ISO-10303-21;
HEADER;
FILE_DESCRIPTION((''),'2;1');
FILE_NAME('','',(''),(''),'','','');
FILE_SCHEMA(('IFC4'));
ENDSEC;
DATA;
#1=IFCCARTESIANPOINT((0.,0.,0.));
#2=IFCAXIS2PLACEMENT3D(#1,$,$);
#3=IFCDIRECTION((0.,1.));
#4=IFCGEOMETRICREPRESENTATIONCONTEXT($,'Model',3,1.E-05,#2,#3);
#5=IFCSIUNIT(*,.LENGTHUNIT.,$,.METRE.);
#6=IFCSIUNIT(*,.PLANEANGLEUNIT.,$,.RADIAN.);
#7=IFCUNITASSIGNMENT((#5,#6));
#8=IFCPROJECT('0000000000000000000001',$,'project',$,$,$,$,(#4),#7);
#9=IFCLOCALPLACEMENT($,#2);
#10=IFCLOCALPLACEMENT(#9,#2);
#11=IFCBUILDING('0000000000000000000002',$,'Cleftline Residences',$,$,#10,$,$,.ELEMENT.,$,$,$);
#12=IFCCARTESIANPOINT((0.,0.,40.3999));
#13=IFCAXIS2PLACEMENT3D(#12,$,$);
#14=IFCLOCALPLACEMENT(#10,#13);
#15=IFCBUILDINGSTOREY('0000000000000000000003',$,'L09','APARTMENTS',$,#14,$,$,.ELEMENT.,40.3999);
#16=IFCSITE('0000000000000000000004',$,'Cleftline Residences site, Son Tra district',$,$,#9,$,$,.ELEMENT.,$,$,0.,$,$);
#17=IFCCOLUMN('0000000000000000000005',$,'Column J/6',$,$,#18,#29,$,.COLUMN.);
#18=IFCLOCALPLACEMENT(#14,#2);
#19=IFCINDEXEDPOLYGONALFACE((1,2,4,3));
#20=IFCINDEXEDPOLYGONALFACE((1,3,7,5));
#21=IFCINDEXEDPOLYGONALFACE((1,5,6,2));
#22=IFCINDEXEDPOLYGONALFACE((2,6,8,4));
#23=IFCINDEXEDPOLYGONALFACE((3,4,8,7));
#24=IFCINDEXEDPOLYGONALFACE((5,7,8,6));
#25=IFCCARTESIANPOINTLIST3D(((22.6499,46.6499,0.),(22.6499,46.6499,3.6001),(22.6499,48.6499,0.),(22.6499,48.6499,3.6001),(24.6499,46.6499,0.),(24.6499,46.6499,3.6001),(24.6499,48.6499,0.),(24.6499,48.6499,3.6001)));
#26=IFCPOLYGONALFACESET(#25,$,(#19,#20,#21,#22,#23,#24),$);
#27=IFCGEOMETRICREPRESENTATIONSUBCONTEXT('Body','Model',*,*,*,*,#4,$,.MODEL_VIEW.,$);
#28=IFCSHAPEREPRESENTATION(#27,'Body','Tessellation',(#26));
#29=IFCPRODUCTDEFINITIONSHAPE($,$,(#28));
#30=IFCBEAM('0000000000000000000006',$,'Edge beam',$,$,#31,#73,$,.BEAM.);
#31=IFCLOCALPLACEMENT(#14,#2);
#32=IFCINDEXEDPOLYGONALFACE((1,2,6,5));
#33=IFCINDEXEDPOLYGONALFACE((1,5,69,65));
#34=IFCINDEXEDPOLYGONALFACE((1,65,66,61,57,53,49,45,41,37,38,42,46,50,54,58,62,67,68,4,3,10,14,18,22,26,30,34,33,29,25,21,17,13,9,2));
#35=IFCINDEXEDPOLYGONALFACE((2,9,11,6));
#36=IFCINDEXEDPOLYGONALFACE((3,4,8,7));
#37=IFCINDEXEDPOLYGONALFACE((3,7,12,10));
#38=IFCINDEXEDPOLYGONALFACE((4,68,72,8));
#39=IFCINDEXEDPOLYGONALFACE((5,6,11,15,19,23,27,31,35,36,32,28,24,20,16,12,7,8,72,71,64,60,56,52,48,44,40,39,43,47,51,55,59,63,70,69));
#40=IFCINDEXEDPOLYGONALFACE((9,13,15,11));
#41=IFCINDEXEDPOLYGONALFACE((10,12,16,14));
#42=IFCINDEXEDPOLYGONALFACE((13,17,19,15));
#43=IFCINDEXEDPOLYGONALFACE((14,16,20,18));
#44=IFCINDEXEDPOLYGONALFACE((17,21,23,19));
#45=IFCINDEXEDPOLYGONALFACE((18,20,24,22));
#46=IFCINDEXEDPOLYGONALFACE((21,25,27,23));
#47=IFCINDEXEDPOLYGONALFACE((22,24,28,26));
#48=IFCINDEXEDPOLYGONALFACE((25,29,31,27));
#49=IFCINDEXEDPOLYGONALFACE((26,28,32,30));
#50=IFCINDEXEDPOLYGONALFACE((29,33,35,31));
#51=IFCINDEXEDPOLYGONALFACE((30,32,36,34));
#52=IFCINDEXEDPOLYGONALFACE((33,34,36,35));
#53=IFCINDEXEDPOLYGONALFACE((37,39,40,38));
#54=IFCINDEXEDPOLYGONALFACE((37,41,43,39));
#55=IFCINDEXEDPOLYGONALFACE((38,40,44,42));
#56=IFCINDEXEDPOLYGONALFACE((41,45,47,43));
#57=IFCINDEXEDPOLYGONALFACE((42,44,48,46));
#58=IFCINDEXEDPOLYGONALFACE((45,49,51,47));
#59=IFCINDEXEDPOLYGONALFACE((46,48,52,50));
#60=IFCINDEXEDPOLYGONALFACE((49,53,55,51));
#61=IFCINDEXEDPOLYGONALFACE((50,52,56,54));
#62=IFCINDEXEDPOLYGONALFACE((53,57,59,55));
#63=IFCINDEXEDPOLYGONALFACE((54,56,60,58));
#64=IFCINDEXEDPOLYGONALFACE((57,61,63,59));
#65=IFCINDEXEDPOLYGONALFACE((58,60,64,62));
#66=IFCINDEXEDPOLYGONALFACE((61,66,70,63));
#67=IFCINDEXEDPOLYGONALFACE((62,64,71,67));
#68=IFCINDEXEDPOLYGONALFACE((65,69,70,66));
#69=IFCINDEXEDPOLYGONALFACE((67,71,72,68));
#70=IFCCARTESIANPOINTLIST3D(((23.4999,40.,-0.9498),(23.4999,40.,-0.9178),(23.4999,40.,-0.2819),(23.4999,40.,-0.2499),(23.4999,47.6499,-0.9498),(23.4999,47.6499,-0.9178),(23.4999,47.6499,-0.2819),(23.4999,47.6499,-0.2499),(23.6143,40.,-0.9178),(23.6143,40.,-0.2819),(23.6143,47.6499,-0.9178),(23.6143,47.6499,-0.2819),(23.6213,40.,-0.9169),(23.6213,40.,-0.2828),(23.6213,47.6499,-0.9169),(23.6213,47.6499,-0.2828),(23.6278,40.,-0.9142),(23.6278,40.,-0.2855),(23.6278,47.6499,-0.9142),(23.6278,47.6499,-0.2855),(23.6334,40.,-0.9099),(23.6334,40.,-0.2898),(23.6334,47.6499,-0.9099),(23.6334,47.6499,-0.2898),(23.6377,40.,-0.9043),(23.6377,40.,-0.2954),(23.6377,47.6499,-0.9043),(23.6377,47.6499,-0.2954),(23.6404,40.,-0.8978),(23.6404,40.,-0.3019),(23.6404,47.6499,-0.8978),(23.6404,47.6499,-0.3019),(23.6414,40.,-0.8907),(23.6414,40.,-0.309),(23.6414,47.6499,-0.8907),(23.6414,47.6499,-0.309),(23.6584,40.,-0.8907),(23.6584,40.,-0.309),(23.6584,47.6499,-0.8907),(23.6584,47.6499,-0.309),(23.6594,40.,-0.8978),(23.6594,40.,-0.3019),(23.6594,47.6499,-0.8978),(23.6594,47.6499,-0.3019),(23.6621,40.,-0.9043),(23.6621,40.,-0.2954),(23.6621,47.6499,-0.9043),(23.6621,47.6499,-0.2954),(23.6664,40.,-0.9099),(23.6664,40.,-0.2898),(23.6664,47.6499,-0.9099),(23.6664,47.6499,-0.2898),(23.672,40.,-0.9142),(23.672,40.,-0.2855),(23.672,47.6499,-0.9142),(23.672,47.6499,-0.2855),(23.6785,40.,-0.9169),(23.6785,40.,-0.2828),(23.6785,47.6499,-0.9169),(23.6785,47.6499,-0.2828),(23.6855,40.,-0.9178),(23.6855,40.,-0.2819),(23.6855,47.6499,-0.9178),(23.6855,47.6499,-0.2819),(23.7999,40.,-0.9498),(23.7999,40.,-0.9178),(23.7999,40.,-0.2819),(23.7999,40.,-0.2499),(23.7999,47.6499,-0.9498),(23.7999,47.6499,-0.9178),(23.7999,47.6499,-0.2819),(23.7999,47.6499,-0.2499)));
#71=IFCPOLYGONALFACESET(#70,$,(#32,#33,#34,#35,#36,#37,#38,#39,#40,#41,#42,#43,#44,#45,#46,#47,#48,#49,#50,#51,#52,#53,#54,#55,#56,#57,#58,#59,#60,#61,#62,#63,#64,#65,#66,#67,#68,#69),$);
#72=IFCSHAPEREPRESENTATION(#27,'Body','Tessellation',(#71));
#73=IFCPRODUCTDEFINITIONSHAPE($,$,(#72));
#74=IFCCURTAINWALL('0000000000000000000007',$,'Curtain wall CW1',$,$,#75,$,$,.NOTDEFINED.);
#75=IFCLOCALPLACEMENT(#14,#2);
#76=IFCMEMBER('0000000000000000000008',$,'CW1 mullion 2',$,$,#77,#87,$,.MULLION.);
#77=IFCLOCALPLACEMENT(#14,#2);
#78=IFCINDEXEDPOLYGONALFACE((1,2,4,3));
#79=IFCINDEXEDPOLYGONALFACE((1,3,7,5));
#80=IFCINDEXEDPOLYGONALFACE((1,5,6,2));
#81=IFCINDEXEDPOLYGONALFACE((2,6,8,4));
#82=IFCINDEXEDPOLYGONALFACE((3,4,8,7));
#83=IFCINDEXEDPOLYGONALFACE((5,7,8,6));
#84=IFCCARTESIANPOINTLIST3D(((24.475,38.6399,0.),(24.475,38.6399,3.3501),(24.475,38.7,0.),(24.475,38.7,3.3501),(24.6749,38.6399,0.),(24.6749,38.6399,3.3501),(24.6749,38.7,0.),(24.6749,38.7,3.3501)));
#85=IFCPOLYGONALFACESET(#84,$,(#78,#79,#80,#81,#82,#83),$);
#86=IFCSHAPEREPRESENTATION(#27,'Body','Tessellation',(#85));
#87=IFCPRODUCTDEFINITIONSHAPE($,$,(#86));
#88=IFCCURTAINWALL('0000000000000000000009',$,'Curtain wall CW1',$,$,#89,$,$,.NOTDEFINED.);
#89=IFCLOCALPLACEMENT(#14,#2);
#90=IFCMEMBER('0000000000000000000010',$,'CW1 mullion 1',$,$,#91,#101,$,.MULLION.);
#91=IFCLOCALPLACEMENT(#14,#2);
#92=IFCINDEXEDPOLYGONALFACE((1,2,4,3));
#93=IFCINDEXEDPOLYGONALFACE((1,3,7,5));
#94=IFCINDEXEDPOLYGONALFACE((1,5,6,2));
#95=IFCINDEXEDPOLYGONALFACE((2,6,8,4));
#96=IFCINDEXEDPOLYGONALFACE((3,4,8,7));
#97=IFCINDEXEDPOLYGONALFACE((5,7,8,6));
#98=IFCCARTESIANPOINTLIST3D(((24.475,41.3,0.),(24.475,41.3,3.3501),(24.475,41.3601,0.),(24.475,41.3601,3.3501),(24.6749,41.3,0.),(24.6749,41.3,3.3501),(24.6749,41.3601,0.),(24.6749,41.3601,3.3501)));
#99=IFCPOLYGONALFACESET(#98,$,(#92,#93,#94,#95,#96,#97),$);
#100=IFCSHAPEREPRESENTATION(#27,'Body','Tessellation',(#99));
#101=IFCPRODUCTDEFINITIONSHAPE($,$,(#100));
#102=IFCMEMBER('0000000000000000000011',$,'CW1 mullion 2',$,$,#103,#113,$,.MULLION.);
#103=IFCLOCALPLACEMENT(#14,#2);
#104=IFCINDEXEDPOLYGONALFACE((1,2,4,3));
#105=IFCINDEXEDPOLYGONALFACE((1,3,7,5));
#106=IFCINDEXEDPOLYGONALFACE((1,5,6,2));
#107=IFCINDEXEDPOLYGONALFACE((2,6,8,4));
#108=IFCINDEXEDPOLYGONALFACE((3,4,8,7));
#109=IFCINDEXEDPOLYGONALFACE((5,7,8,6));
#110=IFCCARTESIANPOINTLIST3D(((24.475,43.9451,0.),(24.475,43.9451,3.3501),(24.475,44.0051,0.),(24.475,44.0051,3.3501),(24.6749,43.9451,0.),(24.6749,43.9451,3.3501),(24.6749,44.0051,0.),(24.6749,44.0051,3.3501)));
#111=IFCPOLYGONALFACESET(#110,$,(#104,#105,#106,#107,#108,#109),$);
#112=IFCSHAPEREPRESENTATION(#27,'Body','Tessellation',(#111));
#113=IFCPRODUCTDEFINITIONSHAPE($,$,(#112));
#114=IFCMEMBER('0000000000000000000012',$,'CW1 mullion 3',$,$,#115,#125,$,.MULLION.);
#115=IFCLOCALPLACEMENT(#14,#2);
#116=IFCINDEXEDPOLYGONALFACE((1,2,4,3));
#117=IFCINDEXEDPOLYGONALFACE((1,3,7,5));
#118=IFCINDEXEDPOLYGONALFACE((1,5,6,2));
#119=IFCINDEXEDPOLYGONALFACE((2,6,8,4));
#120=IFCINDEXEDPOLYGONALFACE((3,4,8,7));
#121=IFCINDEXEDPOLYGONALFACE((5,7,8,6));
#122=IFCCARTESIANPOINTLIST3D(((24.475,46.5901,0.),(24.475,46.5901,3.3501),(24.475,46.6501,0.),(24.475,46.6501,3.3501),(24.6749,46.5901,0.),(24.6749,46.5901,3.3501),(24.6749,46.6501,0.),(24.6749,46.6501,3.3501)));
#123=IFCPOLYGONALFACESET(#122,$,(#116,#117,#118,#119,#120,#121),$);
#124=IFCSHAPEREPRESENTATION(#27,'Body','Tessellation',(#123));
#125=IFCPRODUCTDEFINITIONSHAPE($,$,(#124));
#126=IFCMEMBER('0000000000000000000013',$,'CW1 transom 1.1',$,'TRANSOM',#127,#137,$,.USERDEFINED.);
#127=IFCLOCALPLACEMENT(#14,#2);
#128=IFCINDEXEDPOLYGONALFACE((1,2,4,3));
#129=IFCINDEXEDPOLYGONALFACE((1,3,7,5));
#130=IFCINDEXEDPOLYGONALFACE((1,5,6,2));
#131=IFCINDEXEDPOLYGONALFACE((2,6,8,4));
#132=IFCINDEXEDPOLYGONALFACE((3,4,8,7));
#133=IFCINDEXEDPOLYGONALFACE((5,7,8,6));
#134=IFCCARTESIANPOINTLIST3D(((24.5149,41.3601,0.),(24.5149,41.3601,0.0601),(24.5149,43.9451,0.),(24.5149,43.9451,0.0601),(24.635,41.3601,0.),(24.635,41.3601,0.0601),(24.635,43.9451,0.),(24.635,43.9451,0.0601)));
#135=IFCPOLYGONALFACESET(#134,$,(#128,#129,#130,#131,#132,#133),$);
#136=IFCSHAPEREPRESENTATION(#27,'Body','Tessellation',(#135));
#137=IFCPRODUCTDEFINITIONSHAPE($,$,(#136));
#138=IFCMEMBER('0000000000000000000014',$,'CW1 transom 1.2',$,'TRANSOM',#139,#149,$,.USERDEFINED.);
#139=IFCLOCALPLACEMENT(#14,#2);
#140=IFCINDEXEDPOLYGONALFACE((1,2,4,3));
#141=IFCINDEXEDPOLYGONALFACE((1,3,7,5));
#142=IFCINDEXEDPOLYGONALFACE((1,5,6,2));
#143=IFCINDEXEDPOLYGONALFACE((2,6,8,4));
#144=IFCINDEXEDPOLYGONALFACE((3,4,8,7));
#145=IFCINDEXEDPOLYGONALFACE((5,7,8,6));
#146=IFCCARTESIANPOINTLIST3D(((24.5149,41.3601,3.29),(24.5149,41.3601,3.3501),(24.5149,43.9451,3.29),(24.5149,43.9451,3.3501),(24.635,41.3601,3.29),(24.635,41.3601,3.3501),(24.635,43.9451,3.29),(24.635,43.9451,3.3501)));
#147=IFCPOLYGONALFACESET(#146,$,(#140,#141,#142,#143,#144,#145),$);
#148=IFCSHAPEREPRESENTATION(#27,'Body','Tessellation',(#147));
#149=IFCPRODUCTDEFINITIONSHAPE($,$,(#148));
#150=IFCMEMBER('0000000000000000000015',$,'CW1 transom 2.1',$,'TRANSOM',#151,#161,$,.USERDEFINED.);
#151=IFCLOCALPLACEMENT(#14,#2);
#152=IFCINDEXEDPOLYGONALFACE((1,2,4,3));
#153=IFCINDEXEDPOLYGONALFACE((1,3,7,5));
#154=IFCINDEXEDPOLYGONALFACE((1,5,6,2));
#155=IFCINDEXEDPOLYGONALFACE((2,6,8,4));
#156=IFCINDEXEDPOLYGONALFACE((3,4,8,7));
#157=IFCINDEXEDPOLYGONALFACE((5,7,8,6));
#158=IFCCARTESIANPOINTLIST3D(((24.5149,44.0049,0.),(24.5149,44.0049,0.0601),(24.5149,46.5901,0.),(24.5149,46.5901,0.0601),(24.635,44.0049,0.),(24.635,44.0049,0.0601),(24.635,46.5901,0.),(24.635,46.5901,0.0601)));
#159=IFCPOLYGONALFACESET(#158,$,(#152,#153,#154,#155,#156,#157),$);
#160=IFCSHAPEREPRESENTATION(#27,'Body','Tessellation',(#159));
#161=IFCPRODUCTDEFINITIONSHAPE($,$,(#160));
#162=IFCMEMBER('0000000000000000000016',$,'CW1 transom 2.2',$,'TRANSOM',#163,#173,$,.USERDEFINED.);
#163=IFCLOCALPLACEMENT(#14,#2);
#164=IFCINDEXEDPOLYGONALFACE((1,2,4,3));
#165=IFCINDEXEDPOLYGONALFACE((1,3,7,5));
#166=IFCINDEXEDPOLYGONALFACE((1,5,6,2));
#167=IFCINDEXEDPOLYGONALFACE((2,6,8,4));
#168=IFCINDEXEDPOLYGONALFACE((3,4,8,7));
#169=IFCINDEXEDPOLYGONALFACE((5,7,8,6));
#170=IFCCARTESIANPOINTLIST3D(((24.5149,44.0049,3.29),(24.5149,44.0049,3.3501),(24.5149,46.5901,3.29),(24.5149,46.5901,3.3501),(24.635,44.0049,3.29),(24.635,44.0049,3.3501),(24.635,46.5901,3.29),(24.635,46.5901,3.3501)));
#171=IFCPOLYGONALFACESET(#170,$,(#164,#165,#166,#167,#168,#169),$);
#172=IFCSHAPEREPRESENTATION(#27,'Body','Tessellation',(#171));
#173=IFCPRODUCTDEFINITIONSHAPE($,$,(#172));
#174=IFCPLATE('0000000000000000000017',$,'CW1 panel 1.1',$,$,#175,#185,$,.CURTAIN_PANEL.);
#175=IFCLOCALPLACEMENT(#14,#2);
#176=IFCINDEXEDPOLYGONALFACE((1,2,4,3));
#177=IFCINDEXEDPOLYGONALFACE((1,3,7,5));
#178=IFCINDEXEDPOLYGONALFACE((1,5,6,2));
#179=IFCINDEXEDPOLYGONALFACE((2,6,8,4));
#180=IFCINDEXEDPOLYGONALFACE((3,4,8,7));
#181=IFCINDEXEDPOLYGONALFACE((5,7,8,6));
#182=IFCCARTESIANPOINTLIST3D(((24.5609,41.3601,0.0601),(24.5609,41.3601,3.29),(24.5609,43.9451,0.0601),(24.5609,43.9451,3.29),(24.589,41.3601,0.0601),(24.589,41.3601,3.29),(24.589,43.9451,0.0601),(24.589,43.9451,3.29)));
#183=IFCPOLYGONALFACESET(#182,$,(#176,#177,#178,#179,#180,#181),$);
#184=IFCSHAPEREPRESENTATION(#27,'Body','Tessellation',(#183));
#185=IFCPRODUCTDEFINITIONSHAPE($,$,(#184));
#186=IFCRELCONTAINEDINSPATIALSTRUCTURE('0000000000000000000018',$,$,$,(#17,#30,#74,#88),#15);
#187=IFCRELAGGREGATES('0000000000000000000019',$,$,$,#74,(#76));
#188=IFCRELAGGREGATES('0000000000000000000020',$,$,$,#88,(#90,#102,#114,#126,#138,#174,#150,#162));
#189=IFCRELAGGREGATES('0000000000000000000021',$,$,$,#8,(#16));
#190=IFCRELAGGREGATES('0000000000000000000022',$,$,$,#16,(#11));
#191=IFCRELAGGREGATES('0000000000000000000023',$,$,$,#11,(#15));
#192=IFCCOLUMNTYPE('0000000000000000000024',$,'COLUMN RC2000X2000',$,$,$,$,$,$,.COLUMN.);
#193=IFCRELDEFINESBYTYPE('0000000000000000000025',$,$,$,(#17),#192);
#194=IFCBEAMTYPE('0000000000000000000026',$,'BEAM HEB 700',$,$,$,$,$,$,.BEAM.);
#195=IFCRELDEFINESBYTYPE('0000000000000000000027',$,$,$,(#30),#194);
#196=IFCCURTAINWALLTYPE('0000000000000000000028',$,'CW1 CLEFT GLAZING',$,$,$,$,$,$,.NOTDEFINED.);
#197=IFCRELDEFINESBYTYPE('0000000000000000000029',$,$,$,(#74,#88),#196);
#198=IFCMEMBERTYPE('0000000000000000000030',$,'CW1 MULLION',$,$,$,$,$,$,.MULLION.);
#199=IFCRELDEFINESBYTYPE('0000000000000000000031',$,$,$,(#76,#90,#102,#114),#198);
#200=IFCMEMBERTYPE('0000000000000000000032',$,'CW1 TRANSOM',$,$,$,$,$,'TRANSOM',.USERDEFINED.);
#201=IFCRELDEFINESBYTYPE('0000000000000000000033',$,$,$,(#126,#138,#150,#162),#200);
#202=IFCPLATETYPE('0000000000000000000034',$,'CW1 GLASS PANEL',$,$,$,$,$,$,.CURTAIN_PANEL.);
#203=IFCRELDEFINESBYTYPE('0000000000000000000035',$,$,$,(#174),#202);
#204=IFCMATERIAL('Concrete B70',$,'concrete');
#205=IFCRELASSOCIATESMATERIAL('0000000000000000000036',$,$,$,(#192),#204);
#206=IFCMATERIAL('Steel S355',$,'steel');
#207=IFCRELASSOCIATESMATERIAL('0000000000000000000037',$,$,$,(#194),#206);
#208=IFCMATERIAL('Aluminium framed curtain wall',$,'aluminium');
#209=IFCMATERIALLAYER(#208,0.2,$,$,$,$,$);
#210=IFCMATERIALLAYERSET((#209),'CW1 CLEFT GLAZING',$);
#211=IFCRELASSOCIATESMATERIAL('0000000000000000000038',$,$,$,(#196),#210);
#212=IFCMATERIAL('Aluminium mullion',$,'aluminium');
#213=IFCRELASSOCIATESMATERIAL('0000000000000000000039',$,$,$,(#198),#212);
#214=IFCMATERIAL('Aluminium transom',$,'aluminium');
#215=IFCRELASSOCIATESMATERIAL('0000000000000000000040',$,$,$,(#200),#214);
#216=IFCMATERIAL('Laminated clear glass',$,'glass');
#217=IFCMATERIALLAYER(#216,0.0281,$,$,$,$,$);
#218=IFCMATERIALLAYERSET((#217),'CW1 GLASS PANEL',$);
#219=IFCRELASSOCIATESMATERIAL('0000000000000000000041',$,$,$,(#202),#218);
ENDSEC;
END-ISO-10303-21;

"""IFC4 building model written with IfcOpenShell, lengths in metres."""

from ifc_helpers import new_model, si_unit, direction, frame, origin, origin_2d, place, context, subcontext, project, spatial, rectangle, i_section, extrude, material, layer, layer_set, material_profile, profile_set, type_object, element, aggregate, save


model = new_model("IFC4")

# Units and contexts
model_context = context("Model", 3, precision=1e-05, world=origin(), true_north=direction((0.0, 1.0)))
body_context = subcontext(model_context, "Body", "Model", "MODEL_VIEW")
ifc_project = project(units=[si_unit("LENGTHUNIT", "METRE"), si_unit("PLANEANGLEUNIT", "RADIAN")], contexts=[model_context])

# Site, building, storey
site_placement = place(None, origin())
site = spatial("IfcSite", under=ifc_project, at=site_placement, Name="Cleftline Residences site, Son Tra district", CompositionType="ELEMENT", RefElevation=0.0)
building_placement = place(site_placement, origin())
building = spatial("IfcBuilding", under=site, at=building_placement, Name="Cleftline Residences", CompositionType="ELEMENT")
storey_placement = place(building_placement, frame((0.0, 0.0, 40.3999)))
storey = spatial("IfcBuildingStorey", under=building, at=storey_placement, Name="L09", Description="APARTMENTS", CompositionType="ELEMENT", Elevation=40.3999)

# Column
ifc_material_1 = material(Name="Concrete B70", Category="concrete")
ifc_material_profile_1 = material_profile(ifc_material_1, rectangle(XDim=2.0, YDim=2.0, at=origin_2d()))
ifc_profile_set_1 = profile_set([ifc_material_profile_1], Name="Concrete B70")
column_type = type_object("IfcColumnType", Name="COLUMN RC2000X2000", PredefinedType="COLUMN", material=ifc_profile_set_1)
column_placement = place(storey_placement, frame((23.6499, 47.6499, 0.0), z_axis=(0.0, 0.0, 1.0), x_axis=(1.0, 0.0, 0.0)))
element("IfcColumn", 1, at=column_placement, inside=storey, type_object=column_type, Name="Column J/6", PredefinedType="COLUMN", context=body_context, shape_type="SweptSolid", body=[
    extrude(rectangle(XDim=2.0, YDim=2.0, at=origin_2d()), origin(), (0.0, 0.0, 1.0), 3.6001),
])

# Beam
ifc_material_2 = material(Name="Steel S355", Category="steel")
ifc_material_profile_2 = material_profile(ifc_material_2, i_section(OverallWidth=0.3, OverallDepth=0.7, WebThickness=0.0171, FlangeThickness=0.032, FilletRadius=0.0271, at=origin_2d()))
ifc_profile_set_2 = profile_set([ifc_material_profile_2], Name="Steel S355")
beam_type = type_object("IfcBeamType", Name="BEAM HEB 700", PredefinedType="BEAM", material=ifc_profile_set_2)
beam_placement = place(storey_placement, frame((23.6499, 47.6499, -0.5999), z_axis=(0.0, -1.0, 0.0), x_axis=(1.0, 0.0, 0.0)))
element("IfcBeam", 2, at=beam_placement, inside=storey, type_object=beam_type, Name="Edge beam", PredefinedType="BEAM", context=body_context, shape_type="SweptSolid", body=[
    extrude(i_section(OverallWidth=0.3, OverallDepth=0.7, WebThickness=0.0171, FlangeThickness=0.032, FilletRadius=0.0271, at=origin_2d()), origin(), (0.0, 0.0, 1.0), 7.6499),
])

# Curtain wall, member
ifc_material_3 = material(Name="Aluminium framed curtain wall", Category="aluminium")
ifc_layer_1 = layer(ifc_material_3, 0.2)
ifc_layer_set_1 = layer_set([ifc_layer_1], Name="CW1 CLEFT GLAZING")
curtain_wall_type = type_object("IfcCurtainWallType", Name="CW1 CLEFT GLAZING", PredefinedType="NOTDEFINED", material=ifc_layer_set_1)
curtain_wall_1_placement = place(storey_placement, origin())
curtain_wall_1 = element("IfcCurtainWall", 3, at=curtain_wall_1_placement, inside=storey, type_object=curtain_wall_type, Name="Curtain wall CW1", PredefinedType="NOTDEFINED")
ifc_material_4 = material(Name="Aluminium mullion", Category="aluminium")
ifc_material_profile_3 = material_profile(ifc_material_4, rectangle(XDim=0.2, YDim=0.0601, at=origin_2d()))
ifc_profile_set_3 = profile_set([ifc_material_profile_3], Name="Aluminium mullion")
member_type_1 = type_object("IfcMemberType", Name="CW1 MULLION", PredefinedType="MULLION", material=ifc_profile_set_3)
member_1_placement = place(storey_placement, frame((24.575, 38.6699, 0.0), z_axis=(0.0, 0.0, 1.0), x_axis=(-1.0, 0.0, 0.0)))
member_1 = element("IfcMember", 4, at=member_1_placement, type_object=member_type_1, Name="CW1 mullion 2", PredefinedType="MULLION", context=body_context, shape_type="SweptSolid", body=[
    extrude(rectangle(XDim=0.2, YDim=0.0601, at=origin_2d()), origin(), (0.0, 0.0, 1.0), 3.3501),
])
aggregate(curtain_wall_1, [member_1])

# Curtain wall, members, plate
curtain_wall_2_placement = place(storey_placement, origin())
curtain_wall_2 = element("IfcCurtainWall", 5, at=curtain_wall_2_placement, inside=storey, type_object=curtain_wall_type, Name="Curtain wall CW1", PredefinedType="NOTDEFINED")
member_2_placement = place(storey_placement, frame((24.575, 41.3301, 0.0), z_axis=(0.0, 0.0, 1.0), x_axis=(-1.0, 0.0, 0.0)))
member_2 = element("IfcMember", 6, at=member_2_placement, type_object=member_type_1, Name="CW1 mullion 1", PredefinedType="MULLION", context=body_context, shape_type="SweptSolid", body=[
    extrude(rectangle(XDim=0.2, YDim=0.0601, at=origin_2d()), origin(), (0.0, 0.0, 1.0), 3.3501),
])
member_3_placement = place(storey_placement, frame((24.575, 43.9751, 0.0), z_axis=(0.0, 0.0, 1.0), x_axis=(-1.0, 0.0, 0.0)))
member_3 = element("IfcMember", 7, at=member_3_placement, type_object=member_type_1, Name="CW1 mullion 2", PredefinedType="MULLION", context=body_context, shape_type="SweptSolid", body=[
    extrude(rectangle(XDim=0.2, YDim=0.0601, at=origin_2d()), origin(), (0.0, 0.0, 1.0), 3.3501),
])
member_4_placement = place(storey_placement, frame((24.575, 46.6201, 0.0), z_axis=(0.0, 0.0, 1.0), x_axis=(-1.0, 0.0, 0.0)))
member_4 = element("IfcMember", 8, at=member_4_placement, type_object=member_type_1, Name="CW1 mullion 3", PredefinedType="MULLION", context=body_context, shape_type="SweptSolid", body=[
    extrude(rectangle(XDim=0.2, YDim=0.0601, at=origin_2d()), origin(), (0.0, 0.0, 1.0), 3.3501),
])
ifc_material_5 = material(Name="Aluminium transom", Category="aluminium")
ifc_material_profile_4 = material_profile(ifc_material_5, rectangle(XDim=0.1201, YDim=0.0601, at=origin_2d()))
ifc_profile_set_4 = profile_set([ifc_material_profile_4], Name="Aluminium transom")
member_type_2 = type_object("IfcMemberType", Name="CW1 TRANSOM", ElementType="TRANSOM", PredefinedType="USERDEFINED", material=ifc_profile_set_4)
member_5_placement = place(storey_placement, frame((24.575, 41.3601, 0.03), z_axis=(0.0, 1.0, 0.0), x_axis=(-1.0, 0.0, 0.0)))
member_5 = element("IfcMember", 9, at=member_5_placement, type_object=member_type_2, Name="CW1 transom 1.1", ObjectType="TRANSOM", PredefinedType="USERDEFINED", context=body_context, shape_type="SweptSolid", body=[
    extrude(rectangle(XDim=0.1201, YDim=0.0601, at=origin_2d()), origin(), (0.0, 0.0, 1.0), 2.585),
])
member_6_placement = place(storey_placement, frame((24.575, 41.3601, 3.3201), z_axis=(0.0, 1.0, 0.0), x_axis=(-1.0, 0.0, 0.0)))
member_6 = element("IfcMember", 10, at=member_6_placement, type_object=member_type_2, Name="CW1 transom 1.2", ObjectType="TRANSOM", PredefinedType="USERDEFINED", context=body_context, shape_type="SweptSolid", body=[
    extrude(rectangle(XDim=0.1201, YDim=0.0601, at=origin_2d()), origin(), (0.0, 0.0, 1.0), 2.585),
])
member_7_placement = place(storey_placement, frame((24.575, 44.0049, 0.03), z_axis=(0.0, 1.0, 0.0), x_axis=(-1.0, 0.0, 0.0)))
member_7 = element("IfcMember", 11, at=member_7_placement, type_object=member_type_2, Name="CW1 transom 2.1", ObjectType="TRANSOM", PredefinedType="USERDEFINED", context=body_context, shape_type="SweptSolid", body=[
    extrude(rectangle(XDim=0.1201, YDim=0.0601, at=origin_2d()), origin(), (0.0, 0.0, 1.0), 2.5852),
])
member_8_placement = place(storey_placement, frame((24.575, 44.0049, 3.3201), z_axis=(0.0, 1.0, 0.0), x_axis=(-1.0, 0.0, 0.0)))
member_8 = element("IfcMember", 12, at=member_8_placement, type_object=member_type_2, Name="CW1 transom 2.2", ObjectType="TRANSOM", PredefinedType="USERDEFINED", context=body_context, shape_type="SweptSolid", body=[
    extrude(rectangle(XDim=0.1201, YDim=0.0601, at=origin_2d()), origin(), (0.0, 0.0, 1.0), 2.5852),
])
ifc_material_6 = material(Name="Laminated clear glass", Category="glass")
ifc_layer_2 = layer(ifc_material_6, 0.0281)
ifc_layer_set_2 = layer_set([ifc_layer_2], Name="CW1 GLASS PANEL")
plate_type = type_object("IfcPlateType", Name="CW1 GLASS PANEL", PredefinedType="CURTAIN_PANEL", material=ifc_layer_set_2)
plate_1_placement = place(storey_placement, frame((24.575, 42.6526, 0.0601), z_axis=(0.0, 0.0, 1.0), x_axis=(0.0, 1.0, 0.0)))
plate_1 = element("IfcPlate", 13, at=plate_1_placement, type_object=plate_type, Name="CW1 panel 1.1", PredefinedType="CURTAIN_PANEL", context=body_context, shape_type="SweptSolid", body=[
    extrude(rectangle(XDim=2.585, YDim=0.0281, at=origin_2d()), origin(), (0.0, 0.0, 1.0), 3.23),
])
aggregate(curtain_wall_2, [member_2, member_3, member_4, member_5, member_6, plate_1, member_7, member_8])

save(model, "model.ifc")
